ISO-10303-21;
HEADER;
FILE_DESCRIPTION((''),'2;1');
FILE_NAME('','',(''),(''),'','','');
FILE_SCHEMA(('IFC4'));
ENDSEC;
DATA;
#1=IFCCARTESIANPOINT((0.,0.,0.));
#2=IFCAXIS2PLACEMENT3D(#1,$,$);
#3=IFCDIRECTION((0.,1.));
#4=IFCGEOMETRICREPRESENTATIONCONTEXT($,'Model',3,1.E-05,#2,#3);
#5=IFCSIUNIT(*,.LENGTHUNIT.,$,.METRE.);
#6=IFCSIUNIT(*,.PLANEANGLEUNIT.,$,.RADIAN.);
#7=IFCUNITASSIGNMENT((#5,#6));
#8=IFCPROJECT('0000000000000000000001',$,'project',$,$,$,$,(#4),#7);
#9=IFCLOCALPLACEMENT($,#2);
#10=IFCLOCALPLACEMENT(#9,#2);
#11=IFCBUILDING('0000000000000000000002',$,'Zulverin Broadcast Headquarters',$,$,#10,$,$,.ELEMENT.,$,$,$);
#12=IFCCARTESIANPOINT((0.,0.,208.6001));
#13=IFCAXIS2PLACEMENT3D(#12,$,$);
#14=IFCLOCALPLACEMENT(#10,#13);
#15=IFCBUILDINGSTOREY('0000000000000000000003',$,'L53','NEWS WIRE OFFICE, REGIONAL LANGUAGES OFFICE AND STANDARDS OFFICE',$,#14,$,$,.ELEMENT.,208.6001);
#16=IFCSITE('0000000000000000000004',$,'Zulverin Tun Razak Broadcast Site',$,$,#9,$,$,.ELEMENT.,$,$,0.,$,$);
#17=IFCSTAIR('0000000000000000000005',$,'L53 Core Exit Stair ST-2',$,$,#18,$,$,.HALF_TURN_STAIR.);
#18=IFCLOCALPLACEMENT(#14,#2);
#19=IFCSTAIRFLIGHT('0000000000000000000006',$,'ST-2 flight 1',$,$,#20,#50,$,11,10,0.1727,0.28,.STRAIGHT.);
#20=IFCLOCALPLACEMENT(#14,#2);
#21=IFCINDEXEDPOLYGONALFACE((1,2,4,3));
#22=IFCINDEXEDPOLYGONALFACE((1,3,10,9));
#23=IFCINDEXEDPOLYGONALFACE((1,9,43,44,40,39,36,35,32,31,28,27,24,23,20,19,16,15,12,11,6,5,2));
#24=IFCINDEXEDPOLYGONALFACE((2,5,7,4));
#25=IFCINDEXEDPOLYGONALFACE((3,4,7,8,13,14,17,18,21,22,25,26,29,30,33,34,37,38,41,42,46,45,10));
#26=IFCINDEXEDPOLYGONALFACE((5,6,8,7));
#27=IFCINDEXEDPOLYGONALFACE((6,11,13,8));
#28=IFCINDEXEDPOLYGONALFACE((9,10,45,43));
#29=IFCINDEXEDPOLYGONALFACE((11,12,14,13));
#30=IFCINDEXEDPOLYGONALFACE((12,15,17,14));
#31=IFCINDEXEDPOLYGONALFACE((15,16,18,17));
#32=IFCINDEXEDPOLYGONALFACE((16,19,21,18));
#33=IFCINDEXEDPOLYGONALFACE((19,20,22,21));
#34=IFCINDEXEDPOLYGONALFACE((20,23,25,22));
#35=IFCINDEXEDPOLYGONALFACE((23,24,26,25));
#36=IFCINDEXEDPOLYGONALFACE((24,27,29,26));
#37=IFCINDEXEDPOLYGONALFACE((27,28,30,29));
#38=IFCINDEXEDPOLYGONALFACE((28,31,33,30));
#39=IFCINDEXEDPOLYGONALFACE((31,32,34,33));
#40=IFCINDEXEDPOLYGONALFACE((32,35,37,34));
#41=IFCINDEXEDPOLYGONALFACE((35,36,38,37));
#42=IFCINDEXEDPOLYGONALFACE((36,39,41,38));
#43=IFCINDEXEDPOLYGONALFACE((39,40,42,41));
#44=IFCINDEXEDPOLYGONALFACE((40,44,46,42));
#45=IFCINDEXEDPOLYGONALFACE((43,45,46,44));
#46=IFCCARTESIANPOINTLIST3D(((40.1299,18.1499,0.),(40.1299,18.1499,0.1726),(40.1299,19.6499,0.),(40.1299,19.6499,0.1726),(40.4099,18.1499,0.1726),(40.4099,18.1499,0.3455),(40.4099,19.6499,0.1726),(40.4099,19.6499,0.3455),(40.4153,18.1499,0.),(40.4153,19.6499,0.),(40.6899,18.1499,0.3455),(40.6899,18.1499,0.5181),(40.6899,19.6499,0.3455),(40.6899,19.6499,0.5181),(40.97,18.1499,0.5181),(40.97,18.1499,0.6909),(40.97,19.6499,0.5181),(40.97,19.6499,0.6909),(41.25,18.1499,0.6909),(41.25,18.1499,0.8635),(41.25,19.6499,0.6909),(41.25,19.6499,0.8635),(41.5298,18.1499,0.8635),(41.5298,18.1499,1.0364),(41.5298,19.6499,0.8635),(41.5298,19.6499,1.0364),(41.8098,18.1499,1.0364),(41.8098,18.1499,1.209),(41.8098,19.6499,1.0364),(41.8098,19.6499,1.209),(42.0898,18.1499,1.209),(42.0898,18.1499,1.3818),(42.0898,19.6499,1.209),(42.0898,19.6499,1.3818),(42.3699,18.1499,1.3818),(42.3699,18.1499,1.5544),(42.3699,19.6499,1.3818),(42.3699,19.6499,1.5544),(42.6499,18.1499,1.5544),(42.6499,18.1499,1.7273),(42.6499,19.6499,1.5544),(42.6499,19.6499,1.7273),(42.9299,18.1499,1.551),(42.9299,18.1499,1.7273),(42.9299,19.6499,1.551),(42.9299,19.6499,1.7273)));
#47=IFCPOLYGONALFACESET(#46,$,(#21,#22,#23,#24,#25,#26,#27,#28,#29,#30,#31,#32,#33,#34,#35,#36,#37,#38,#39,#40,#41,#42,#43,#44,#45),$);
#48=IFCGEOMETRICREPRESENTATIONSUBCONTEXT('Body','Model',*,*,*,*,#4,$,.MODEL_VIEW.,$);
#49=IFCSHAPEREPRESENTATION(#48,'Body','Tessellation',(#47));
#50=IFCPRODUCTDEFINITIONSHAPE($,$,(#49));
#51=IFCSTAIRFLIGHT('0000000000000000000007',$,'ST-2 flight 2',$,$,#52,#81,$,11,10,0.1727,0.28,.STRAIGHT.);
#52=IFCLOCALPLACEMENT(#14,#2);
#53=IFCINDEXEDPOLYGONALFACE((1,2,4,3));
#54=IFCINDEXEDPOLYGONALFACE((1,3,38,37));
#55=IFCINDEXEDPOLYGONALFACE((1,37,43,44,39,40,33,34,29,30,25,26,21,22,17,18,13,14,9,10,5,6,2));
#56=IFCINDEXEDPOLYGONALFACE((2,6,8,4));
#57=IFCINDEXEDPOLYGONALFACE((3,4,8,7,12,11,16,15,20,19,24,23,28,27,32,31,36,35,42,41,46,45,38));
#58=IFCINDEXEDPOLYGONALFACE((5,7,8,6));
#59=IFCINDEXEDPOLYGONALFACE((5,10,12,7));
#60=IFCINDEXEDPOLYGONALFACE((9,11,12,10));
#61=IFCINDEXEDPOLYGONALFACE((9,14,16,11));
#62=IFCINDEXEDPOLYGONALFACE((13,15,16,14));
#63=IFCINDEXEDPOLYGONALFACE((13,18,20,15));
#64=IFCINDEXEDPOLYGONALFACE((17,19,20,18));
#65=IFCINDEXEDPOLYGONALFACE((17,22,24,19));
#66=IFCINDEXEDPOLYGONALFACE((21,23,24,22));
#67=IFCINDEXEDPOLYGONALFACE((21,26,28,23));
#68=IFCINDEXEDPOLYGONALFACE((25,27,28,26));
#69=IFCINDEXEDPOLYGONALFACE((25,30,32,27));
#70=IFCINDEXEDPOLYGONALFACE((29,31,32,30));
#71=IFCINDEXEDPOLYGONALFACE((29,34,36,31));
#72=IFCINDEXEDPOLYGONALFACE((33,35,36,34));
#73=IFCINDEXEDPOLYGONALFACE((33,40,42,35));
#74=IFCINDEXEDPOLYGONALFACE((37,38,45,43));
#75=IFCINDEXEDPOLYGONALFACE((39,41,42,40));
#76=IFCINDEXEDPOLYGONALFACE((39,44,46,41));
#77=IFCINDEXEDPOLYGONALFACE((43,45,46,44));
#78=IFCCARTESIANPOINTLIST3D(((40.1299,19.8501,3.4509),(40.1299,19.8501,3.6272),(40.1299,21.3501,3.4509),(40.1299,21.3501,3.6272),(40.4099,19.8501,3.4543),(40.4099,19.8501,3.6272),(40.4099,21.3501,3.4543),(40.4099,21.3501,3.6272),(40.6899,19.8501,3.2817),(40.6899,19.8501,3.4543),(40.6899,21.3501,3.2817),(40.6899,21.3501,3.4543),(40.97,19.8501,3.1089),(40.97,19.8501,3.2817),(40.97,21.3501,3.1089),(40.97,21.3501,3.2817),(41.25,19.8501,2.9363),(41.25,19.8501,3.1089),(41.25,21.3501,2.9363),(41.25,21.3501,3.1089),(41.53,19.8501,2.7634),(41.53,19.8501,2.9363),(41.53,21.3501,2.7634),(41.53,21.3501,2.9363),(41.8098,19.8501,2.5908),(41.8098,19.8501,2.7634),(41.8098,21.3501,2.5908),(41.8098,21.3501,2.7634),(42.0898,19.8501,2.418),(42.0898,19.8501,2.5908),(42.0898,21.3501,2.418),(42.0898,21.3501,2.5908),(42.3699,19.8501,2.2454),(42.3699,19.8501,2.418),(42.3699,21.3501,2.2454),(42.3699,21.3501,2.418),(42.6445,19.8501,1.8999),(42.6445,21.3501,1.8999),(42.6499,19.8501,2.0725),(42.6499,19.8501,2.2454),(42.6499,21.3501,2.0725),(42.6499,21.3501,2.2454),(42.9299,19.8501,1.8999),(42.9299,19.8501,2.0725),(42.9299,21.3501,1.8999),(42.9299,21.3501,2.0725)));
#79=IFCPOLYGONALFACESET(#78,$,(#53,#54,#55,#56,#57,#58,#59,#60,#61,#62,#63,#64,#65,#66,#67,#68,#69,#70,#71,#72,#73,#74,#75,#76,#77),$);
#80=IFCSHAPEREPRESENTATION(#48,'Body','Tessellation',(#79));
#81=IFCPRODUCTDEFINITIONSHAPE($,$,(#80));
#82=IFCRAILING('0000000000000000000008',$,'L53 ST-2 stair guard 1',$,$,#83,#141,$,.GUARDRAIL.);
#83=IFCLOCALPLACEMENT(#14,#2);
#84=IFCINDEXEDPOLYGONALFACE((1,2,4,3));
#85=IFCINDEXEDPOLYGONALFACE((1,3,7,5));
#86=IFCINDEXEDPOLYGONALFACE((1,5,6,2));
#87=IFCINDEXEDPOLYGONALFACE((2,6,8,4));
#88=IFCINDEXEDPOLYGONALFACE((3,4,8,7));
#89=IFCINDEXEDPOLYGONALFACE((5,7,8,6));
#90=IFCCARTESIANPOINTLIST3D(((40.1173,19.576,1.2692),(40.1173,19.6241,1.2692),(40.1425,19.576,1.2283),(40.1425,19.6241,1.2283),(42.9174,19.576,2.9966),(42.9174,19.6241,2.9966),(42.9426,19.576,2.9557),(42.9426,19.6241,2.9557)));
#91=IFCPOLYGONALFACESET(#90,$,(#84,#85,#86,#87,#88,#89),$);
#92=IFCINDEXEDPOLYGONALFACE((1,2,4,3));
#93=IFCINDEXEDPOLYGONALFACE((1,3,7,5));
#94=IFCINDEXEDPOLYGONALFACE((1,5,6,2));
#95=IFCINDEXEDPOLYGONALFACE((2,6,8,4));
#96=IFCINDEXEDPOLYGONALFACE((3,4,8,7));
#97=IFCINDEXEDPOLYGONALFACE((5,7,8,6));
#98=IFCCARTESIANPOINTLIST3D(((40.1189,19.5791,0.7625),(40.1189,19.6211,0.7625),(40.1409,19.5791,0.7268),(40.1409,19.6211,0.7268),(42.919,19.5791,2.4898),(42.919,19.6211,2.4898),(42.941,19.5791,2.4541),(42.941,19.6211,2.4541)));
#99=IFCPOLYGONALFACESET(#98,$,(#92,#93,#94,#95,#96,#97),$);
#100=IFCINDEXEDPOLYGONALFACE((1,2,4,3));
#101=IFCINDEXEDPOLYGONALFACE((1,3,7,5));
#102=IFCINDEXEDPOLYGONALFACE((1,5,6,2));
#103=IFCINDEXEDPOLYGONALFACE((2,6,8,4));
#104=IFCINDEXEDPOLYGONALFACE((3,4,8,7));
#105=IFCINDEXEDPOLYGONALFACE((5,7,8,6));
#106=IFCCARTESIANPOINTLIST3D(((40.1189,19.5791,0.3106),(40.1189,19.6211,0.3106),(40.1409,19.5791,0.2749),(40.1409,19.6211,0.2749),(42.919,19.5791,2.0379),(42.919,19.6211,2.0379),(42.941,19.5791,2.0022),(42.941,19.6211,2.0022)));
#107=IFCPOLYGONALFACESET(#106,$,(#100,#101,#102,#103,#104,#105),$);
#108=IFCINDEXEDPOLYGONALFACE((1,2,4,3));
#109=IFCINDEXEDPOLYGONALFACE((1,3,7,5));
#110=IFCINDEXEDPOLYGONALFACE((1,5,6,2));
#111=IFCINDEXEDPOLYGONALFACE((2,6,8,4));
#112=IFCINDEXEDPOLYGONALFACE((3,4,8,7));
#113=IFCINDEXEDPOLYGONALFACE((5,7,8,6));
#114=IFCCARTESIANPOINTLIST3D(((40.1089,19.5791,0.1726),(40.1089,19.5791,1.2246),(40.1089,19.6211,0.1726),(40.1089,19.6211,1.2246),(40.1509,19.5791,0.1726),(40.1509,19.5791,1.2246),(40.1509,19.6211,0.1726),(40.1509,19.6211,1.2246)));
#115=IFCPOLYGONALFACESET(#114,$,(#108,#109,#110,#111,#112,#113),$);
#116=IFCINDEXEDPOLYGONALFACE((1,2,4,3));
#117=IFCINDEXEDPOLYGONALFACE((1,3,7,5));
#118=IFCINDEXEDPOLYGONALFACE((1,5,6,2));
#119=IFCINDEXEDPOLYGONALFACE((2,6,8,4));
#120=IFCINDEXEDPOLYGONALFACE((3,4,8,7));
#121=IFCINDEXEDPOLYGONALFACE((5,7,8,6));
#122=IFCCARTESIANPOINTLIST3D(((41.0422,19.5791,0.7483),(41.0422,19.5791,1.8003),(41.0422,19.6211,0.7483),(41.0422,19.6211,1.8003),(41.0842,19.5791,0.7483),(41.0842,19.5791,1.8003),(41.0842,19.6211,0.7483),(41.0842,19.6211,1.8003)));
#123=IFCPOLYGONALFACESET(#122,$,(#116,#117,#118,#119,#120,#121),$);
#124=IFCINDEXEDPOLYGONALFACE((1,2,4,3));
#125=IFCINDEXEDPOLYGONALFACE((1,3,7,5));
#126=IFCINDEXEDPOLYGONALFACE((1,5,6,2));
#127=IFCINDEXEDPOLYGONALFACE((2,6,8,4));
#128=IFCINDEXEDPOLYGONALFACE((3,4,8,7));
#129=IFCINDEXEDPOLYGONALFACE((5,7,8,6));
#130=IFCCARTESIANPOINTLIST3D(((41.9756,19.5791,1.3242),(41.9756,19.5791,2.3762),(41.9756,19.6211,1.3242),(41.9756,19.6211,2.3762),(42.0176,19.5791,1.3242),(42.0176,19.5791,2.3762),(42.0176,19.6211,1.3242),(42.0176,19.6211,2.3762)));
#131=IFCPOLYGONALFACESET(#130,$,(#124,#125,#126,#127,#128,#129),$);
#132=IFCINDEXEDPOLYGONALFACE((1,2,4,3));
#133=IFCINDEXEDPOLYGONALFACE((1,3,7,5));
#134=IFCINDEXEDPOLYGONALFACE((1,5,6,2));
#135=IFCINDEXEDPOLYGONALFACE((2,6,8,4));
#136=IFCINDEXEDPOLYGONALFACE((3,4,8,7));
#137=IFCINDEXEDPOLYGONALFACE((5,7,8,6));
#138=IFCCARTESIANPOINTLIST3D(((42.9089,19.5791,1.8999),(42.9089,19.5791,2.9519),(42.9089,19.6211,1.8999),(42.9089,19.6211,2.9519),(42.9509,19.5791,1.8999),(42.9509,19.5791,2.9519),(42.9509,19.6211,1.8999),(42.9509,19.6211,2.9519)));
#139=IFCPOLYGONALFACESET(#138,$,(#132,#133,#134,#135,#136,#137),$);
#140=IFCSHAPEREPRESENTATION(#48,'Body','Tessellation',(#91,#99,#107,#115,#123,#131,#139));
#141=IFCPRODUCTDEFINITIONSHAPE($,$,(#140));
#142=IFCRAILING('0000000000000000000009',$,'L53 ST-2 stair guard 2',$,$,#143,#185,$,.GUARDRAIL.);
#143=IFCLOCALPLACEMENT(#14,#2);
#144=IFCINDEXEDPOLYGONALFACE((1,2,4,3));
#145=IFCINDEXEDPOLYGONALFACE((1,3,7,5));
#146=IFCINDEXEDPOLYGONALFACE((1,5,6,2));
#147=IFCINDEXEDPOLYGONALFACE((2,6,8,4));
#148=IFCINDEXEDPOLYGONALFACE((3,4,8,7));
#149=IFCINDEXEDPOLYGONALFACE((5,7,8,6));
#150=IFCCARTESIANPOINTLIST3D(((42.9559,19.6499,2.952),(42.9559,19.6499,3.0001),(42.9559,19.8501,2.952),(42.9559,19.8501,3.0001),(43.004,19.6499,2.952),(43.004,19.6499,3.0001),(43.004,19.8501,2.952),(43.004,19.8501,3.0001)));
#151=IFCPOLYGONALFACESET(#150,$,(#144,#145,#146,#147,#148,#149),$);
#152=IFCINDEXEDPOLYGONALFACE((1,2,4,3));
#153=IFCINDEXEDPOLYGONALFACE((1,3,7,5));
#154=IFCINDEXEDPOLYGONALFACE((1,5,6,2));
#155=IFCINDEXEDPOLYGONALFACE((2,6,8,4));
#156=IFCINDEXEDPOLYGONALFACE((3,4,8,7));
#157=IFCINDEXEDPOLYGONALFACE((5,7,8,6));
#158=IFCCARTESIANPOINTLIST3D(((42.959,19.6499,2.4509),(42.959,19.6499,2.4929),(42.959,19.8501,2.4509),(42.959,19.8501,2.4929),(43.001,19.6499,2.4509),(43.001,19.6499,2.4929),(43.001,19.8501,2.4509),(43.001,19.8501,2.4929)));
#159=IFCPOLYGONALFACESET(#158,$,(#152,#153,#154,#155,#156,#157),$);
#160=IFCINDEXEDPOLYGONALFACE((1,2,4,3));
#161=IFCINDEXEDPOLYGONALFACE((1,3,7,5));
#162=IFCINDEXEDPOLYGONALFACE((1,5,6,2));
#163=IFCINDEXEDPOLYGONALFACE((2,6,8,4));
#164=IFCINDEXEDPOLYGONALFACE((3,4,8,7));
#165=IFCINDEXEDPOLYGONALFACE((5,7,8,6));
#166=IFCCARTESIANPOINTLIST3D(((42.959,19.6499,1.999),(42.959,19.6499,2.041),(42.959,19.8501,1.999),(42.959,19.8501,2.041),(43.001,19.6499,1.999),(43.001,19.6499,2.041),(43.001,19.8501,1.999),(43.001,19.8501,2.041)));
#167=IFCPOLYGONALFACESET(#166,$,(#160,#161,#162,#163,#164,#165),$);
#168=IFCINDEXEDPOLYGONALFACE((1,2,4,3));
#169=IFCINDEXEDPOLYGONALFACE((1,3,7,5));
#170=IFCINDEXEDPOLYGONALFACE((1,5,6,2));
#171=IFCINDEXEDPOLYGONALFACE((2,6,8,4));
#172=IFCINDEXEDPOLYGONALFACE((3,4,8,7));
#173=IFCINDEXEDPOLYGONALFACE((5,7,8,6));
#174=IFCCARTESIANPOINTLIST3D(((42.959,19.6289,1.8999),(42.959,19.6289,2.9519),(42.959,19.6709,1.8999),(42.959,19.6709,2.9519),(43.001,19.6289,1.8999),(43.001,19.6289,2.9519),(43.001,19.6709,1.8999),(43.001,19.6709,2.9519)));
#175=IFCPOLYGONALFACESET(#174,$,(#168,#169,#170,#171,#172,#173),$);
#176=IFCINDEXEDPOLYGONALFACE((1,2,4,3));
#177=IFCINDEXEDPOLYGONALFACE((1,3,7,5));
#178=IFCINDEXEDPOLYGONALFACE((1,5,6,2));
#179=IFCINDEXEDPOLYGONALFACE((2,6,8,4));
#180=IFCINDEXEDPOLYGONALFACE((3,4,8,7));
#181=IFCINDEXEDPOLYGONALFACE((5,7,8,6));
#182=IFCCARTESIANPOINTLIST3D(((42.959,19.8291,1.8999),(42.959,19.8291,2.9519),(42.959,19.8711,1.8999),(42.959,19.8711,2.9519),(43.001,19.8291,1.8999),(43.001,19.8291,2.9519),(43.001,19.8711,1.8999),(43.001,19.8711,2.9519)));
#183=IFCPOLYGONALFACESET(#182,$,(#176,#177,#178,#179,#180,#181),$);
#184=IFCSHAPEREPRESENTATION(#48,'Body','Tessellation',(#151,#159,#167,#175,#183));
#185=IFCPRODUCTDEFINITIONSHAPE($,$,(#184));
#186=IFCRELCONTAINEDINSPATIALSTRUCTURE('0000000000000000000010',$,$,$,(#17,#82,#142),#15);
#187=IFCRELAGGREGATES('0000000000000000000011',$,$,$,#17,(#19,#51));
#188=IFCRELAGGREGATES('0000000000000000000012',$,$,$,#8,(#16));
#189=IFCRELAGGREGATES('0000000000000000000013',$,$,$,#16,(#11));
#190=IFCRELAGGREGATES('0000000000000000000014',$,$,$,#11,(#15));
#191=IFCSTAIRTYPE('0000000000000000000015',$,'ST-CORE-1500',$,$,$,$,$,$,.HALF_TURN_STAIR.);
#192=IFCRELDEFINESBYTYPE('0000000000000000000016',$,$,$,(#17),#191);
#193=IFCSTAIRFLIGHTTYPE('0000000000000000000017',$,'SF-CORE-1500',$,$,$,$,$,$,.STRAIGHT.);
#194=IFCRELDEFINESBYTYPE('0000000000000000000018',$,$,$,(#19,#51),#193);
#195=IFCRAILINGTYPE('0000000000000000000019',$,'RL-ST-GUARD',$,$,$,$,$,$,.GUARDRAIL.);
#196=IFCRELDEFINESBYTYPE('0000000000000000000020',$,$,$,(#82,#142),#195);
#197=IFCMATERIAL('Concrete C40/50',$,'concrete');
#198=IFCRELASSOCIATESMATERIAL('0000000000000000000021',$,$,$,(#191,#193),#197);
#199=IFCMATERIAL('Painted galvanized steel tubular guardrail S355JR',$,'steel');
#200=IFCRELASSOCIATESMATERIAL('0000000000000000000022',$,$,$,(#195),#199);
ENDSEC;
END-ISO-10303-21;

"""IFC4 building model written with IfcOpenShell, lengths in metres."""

from ifc_helpers import new_model, si_unit, direction, frame, origin, origin_2d, place, context, subcontext, project, spatial, polyline, rectangle, outline, extrude, material, type_object, element, aggregate, save


model = new_model("IFC4")

# Units and contexts
model_context = context("Model", 3, precision=1e-05, world=origin(), true_north=direction((0.0, 1.0)))
body_context = subcontext(model_context, "Body", "Model", "MODEL_VIEW")
ifc_project = project(units=[si_unit("LENGTHUNIT", "METRE"), si_unit("PLANEANGLEUNIT", "RADIAN")], contexts=[model_context])

# Site, building, storey
site_placement = place(None, origin())
site = spatial("IfcSite", under=ifc_project, at=site_placement, Name="Zulverin Tun Razak Broadcast Site", CompositionType="ELEMENT", RefElevation=0.0)
building_placement = place(site_placement, origin())
building = spatial("IfcBuilding", under=site, at=building_placement, Name="Zulverin Broadcast Headquarters", CompositionType="ELEMENT")
storey_placement = place(building_placement, frame((0.0, 0.0, 208.6001)))
storey = spatial("IfcBuildingStorey", under=building, at=storey_placement, Name="L53", Description="NEWS WIRE OFFICE, REGIONAL LANGUAGES OFFICE AND STANDARDS OFFICE", CompositionType="ELEMENT", Elevation=208.6001)

# Shared definitions
ifc_material_1 = material(Name="Concrete C40/50", Category="concrete")

# Stair, stair flights
stair_type = type_object("IfcStairType", Name="ST-CORE-1500", PredefinedType="HALF_TURN_STAIR", material=ifc_material_1)
stair_placement = place(storey_placement, origin())
stair = element("IfcStair", 1, at=stair_placement, inside=storey, type_object=stair_type, Name="L53 Core Exit Stair ST-2", PredefinedType="HALF_TURN_STAIR")
stair_flight_type = type_object("IfcStairFlightType", Name="SF-CORE-1500", PredefinedType="STRAIGHT", material=ifc_material_1)
stair_flight_1_placement = place(storey_placement, frame((40.1299, 18.8999, 0.0), z_axis=(0.0, 0.0, 1.0), x_axis=(1.0, 0.0, 0.0)))
stair_flight_1 = element("IfcStairFlight", 2, at=stair_flight_1_placement, type_object=stair_flight_type, Name="ST-2 flight 1", NumberOfRisers=11, NumberOfTreads=10, PredefinedType="STRAIGHT", RiserHeight=0.1727, TreadLength=0.28, context=body_context, shape_type="SweptSolid", body=[
    extrude(outline(polyline([(0.0, 0.0), (0.0, 0.1726), (0.28, 0.1726), (0.28, 0.3455), (0.5601, 0.3455), (0.5601, 0.5181), (0.8401, 0.5181), (0.8401, 0.6909), (1.1201, 0.6909), (1.1201, 0.8635), (1.3999, 0.8635), (1.3999, 1.0364), (1.6799, 1.0364), (1.6799, 1.209), (1.96, 1.209), (1.96, 1.3818), (2.24, 1.3818), (2.24, 1.5544), (2.52, 1.5544), (2.52, 1.7273), (2.8, 1.7273), (2.8, 1.8999), (2.8, 1.551), (0.2854, 0.0), (0.0, 0.0)])), frame((0.0, 0.75, 0.0), z_axis=(0.0, -1.0, 0.0), x_axis=(1.0, 0.0, 0.0)), (0.0, 0.0, 1.0), 1.5),
])
stair_flight_2_placement = place(storey_placement, frame((42.9299, 20.6001, 1.8999), z_axis=(0.0, 0.0, 1.0), x_axis=(-1.0, 0.0, 0.0)))
stair_flight_2 = element("IfcStairFlight", 3, at=stair_flight_2_placement, type_object=stair_flight_type, Name="ST-2 flight 2", NumberOfRisers=11, NumberOfTreads=10, PredefinedType="STRAIGHT", RiserHeight=0.1727, TreadLength=0.28, context=body_context, shape_type="SweptSolid", body=[
    extrude(outline(polyline([(0.0, 0.0), (0.0, 0.1726), (0.28, 0.1726), (0.28, 0.3455), (0.5601, 0.3455), (0.5601, 0.5181), (0.8401, 0.5181), (0.8401, 0.6909), (1.1201, 0.6909), (1.1201, 0.8635), (1.3999, 0.8635), (1.3999, 1.0364), (1.6799, 1.0364), (1.6799, 1.209), (1.96, 1.209), (1.96, 1.3818), (2.24, 1.3818), (2.24, 1.5544), (2.52, 1.5544), (2.52, 1.7273), (2.8, 1.7273), (2.8, 1.8999), (2.8, 1.551), (0.2854, 0.0), (0.0, 0.0)])), frame((0.0, 0.75, 0.0), z_axis=(0.0, -1.0, 0.0), x_axis=(1.0, 0.0, 0.0)), (0.0, 0.0, 1.0), 1.5),
])
aggregate(stair, [stair_flight_1, stair_flight_2])

# Railings
ifc_material_2 = material(Name="Painted galvanized steel tubular guardrail S355JR", Category="steel")
railing_type_1 = type_object("IfcRailingType", Name="RL-ST-GUARD", PredefinedType="GUARDRAIL", material=ifc_material_2)
railing_1_placement = place(storey_placement, frame((40.1299, 19.6001, 0.1726)))
element("IfcRailing", 4, at=railing_1_placement, inside=storey, type_object=railing_type_1, Name="L53 ST-2 stair guard 1", PredefinedType="GUARDRAIL", context=body_context, shape_type="SweptSolid", body=[
    extrude(rectangle(XDim=0.0481, YDim=0.0481, at=origin_2d()), frame((0.0, 0.0, 1.0762), z_axis=(0.85109, 0.0, 0.52502), x_axis=(0.0, 1.0, 0.0)), (0.0, 0.0, 1.0), 3.29),
    extrude(rectangle(XDim=0.042, YDim=0.042, at=origin_2d()), frame((0.0, 0.0, 0.572), z_axis=(0.85109, 0.0, 0.52502), x_axis=(0.0, 1.0, 0.0)), (0.0, 0.0, 1.0), 3.29),
    extrude(rectangle(XDim=0.042, YDim=0.042, at=origin_2d()), frame((0.0, 0.0, 0.1201), z_axis=(0.85109, 0.0, 0.52502), x_axis=(0.0, 1.0, 0.0)), (0.0, 0.0, 1.0), 3.29),
    extrude(rectangle(XDim=0.042, YDim=0.042, at=origin_2d()), origin(), (0.0, 0.0, 1.0), 1.052),
    extrude(rectangle(XDim=0.042, YDim=0.042, at=origin_2d()), frame((0.9333, 0.0, 0.5757)), (0.0, 0.0, 1.0), 1.052),
    extrude(rectangle(XDim=0.042, YDim=0.042, at=origin_2d()), frame((1.8667, 0.0, 1.1516)), (0.0, 0.0, 1.0), 1.052),
    extrude(rectangle(XDim=0.042, YDim=0.042, at=origin_2d()), frame((2.8, 0.0, 1.7273)), (0.0, 0.0, 1.0), 1.052),
])
railing_2_placement = place(storey_placement, frame((42.98, 19.6499, 1.8999)))
element("IfcRailing", 5, at=railing_2_placement, inside=storey, type_object=railing_type_1, Name="L53 ST-2 stair guard 2", PredefinedType="GUARDRAIL", context=body_context, shape_type="SweptSolid", body=[
    extrude(rectangle(XDim=0.0481, YDim=0.0481, at=origin_2d()), frame((0.0, 0.0, 1.0762), z_axis=(0.0, 1.0, 0.0), x_axis=(-1.0, 0.0, 0.0)), (0.0, 0.0, 1.0), 0.2002),
    extrude(rectangle(XDim=0.042, YDim=0.042, at=origin_2d()), frame((0.0, 0.0, 0.572), z_axis=(0.0, 1.0, 0.0), x_axis=(-1.0, 0.0, 0.0)), (0.0, 0.0, 1.0), 0.2002),
    extrude(rectangle(XDim=0.042, YDim=0.042, at=origin_2d()), frame((0.0, 0.0, 0.1201), z_axis=(0.0, 1.0, 0.0), x_axis=(-1.0, 0.0, 0.0)), (0.0, 0.0, 1.0), 0.2002),
    extrude(rectangle(XDim=0.042, YDim=0.042, at=origin_2d()), origin(), (0.0, 0.0, 1.0), 1.052),
    extrude(rectangle(XDim=0.042, YDim=0.042, at=origin_2d()), frame((0.0, 0.2002, 0.0)), (0.0, 0.0, 1.0), 1.052),
])

save(model, "model.ifc")
